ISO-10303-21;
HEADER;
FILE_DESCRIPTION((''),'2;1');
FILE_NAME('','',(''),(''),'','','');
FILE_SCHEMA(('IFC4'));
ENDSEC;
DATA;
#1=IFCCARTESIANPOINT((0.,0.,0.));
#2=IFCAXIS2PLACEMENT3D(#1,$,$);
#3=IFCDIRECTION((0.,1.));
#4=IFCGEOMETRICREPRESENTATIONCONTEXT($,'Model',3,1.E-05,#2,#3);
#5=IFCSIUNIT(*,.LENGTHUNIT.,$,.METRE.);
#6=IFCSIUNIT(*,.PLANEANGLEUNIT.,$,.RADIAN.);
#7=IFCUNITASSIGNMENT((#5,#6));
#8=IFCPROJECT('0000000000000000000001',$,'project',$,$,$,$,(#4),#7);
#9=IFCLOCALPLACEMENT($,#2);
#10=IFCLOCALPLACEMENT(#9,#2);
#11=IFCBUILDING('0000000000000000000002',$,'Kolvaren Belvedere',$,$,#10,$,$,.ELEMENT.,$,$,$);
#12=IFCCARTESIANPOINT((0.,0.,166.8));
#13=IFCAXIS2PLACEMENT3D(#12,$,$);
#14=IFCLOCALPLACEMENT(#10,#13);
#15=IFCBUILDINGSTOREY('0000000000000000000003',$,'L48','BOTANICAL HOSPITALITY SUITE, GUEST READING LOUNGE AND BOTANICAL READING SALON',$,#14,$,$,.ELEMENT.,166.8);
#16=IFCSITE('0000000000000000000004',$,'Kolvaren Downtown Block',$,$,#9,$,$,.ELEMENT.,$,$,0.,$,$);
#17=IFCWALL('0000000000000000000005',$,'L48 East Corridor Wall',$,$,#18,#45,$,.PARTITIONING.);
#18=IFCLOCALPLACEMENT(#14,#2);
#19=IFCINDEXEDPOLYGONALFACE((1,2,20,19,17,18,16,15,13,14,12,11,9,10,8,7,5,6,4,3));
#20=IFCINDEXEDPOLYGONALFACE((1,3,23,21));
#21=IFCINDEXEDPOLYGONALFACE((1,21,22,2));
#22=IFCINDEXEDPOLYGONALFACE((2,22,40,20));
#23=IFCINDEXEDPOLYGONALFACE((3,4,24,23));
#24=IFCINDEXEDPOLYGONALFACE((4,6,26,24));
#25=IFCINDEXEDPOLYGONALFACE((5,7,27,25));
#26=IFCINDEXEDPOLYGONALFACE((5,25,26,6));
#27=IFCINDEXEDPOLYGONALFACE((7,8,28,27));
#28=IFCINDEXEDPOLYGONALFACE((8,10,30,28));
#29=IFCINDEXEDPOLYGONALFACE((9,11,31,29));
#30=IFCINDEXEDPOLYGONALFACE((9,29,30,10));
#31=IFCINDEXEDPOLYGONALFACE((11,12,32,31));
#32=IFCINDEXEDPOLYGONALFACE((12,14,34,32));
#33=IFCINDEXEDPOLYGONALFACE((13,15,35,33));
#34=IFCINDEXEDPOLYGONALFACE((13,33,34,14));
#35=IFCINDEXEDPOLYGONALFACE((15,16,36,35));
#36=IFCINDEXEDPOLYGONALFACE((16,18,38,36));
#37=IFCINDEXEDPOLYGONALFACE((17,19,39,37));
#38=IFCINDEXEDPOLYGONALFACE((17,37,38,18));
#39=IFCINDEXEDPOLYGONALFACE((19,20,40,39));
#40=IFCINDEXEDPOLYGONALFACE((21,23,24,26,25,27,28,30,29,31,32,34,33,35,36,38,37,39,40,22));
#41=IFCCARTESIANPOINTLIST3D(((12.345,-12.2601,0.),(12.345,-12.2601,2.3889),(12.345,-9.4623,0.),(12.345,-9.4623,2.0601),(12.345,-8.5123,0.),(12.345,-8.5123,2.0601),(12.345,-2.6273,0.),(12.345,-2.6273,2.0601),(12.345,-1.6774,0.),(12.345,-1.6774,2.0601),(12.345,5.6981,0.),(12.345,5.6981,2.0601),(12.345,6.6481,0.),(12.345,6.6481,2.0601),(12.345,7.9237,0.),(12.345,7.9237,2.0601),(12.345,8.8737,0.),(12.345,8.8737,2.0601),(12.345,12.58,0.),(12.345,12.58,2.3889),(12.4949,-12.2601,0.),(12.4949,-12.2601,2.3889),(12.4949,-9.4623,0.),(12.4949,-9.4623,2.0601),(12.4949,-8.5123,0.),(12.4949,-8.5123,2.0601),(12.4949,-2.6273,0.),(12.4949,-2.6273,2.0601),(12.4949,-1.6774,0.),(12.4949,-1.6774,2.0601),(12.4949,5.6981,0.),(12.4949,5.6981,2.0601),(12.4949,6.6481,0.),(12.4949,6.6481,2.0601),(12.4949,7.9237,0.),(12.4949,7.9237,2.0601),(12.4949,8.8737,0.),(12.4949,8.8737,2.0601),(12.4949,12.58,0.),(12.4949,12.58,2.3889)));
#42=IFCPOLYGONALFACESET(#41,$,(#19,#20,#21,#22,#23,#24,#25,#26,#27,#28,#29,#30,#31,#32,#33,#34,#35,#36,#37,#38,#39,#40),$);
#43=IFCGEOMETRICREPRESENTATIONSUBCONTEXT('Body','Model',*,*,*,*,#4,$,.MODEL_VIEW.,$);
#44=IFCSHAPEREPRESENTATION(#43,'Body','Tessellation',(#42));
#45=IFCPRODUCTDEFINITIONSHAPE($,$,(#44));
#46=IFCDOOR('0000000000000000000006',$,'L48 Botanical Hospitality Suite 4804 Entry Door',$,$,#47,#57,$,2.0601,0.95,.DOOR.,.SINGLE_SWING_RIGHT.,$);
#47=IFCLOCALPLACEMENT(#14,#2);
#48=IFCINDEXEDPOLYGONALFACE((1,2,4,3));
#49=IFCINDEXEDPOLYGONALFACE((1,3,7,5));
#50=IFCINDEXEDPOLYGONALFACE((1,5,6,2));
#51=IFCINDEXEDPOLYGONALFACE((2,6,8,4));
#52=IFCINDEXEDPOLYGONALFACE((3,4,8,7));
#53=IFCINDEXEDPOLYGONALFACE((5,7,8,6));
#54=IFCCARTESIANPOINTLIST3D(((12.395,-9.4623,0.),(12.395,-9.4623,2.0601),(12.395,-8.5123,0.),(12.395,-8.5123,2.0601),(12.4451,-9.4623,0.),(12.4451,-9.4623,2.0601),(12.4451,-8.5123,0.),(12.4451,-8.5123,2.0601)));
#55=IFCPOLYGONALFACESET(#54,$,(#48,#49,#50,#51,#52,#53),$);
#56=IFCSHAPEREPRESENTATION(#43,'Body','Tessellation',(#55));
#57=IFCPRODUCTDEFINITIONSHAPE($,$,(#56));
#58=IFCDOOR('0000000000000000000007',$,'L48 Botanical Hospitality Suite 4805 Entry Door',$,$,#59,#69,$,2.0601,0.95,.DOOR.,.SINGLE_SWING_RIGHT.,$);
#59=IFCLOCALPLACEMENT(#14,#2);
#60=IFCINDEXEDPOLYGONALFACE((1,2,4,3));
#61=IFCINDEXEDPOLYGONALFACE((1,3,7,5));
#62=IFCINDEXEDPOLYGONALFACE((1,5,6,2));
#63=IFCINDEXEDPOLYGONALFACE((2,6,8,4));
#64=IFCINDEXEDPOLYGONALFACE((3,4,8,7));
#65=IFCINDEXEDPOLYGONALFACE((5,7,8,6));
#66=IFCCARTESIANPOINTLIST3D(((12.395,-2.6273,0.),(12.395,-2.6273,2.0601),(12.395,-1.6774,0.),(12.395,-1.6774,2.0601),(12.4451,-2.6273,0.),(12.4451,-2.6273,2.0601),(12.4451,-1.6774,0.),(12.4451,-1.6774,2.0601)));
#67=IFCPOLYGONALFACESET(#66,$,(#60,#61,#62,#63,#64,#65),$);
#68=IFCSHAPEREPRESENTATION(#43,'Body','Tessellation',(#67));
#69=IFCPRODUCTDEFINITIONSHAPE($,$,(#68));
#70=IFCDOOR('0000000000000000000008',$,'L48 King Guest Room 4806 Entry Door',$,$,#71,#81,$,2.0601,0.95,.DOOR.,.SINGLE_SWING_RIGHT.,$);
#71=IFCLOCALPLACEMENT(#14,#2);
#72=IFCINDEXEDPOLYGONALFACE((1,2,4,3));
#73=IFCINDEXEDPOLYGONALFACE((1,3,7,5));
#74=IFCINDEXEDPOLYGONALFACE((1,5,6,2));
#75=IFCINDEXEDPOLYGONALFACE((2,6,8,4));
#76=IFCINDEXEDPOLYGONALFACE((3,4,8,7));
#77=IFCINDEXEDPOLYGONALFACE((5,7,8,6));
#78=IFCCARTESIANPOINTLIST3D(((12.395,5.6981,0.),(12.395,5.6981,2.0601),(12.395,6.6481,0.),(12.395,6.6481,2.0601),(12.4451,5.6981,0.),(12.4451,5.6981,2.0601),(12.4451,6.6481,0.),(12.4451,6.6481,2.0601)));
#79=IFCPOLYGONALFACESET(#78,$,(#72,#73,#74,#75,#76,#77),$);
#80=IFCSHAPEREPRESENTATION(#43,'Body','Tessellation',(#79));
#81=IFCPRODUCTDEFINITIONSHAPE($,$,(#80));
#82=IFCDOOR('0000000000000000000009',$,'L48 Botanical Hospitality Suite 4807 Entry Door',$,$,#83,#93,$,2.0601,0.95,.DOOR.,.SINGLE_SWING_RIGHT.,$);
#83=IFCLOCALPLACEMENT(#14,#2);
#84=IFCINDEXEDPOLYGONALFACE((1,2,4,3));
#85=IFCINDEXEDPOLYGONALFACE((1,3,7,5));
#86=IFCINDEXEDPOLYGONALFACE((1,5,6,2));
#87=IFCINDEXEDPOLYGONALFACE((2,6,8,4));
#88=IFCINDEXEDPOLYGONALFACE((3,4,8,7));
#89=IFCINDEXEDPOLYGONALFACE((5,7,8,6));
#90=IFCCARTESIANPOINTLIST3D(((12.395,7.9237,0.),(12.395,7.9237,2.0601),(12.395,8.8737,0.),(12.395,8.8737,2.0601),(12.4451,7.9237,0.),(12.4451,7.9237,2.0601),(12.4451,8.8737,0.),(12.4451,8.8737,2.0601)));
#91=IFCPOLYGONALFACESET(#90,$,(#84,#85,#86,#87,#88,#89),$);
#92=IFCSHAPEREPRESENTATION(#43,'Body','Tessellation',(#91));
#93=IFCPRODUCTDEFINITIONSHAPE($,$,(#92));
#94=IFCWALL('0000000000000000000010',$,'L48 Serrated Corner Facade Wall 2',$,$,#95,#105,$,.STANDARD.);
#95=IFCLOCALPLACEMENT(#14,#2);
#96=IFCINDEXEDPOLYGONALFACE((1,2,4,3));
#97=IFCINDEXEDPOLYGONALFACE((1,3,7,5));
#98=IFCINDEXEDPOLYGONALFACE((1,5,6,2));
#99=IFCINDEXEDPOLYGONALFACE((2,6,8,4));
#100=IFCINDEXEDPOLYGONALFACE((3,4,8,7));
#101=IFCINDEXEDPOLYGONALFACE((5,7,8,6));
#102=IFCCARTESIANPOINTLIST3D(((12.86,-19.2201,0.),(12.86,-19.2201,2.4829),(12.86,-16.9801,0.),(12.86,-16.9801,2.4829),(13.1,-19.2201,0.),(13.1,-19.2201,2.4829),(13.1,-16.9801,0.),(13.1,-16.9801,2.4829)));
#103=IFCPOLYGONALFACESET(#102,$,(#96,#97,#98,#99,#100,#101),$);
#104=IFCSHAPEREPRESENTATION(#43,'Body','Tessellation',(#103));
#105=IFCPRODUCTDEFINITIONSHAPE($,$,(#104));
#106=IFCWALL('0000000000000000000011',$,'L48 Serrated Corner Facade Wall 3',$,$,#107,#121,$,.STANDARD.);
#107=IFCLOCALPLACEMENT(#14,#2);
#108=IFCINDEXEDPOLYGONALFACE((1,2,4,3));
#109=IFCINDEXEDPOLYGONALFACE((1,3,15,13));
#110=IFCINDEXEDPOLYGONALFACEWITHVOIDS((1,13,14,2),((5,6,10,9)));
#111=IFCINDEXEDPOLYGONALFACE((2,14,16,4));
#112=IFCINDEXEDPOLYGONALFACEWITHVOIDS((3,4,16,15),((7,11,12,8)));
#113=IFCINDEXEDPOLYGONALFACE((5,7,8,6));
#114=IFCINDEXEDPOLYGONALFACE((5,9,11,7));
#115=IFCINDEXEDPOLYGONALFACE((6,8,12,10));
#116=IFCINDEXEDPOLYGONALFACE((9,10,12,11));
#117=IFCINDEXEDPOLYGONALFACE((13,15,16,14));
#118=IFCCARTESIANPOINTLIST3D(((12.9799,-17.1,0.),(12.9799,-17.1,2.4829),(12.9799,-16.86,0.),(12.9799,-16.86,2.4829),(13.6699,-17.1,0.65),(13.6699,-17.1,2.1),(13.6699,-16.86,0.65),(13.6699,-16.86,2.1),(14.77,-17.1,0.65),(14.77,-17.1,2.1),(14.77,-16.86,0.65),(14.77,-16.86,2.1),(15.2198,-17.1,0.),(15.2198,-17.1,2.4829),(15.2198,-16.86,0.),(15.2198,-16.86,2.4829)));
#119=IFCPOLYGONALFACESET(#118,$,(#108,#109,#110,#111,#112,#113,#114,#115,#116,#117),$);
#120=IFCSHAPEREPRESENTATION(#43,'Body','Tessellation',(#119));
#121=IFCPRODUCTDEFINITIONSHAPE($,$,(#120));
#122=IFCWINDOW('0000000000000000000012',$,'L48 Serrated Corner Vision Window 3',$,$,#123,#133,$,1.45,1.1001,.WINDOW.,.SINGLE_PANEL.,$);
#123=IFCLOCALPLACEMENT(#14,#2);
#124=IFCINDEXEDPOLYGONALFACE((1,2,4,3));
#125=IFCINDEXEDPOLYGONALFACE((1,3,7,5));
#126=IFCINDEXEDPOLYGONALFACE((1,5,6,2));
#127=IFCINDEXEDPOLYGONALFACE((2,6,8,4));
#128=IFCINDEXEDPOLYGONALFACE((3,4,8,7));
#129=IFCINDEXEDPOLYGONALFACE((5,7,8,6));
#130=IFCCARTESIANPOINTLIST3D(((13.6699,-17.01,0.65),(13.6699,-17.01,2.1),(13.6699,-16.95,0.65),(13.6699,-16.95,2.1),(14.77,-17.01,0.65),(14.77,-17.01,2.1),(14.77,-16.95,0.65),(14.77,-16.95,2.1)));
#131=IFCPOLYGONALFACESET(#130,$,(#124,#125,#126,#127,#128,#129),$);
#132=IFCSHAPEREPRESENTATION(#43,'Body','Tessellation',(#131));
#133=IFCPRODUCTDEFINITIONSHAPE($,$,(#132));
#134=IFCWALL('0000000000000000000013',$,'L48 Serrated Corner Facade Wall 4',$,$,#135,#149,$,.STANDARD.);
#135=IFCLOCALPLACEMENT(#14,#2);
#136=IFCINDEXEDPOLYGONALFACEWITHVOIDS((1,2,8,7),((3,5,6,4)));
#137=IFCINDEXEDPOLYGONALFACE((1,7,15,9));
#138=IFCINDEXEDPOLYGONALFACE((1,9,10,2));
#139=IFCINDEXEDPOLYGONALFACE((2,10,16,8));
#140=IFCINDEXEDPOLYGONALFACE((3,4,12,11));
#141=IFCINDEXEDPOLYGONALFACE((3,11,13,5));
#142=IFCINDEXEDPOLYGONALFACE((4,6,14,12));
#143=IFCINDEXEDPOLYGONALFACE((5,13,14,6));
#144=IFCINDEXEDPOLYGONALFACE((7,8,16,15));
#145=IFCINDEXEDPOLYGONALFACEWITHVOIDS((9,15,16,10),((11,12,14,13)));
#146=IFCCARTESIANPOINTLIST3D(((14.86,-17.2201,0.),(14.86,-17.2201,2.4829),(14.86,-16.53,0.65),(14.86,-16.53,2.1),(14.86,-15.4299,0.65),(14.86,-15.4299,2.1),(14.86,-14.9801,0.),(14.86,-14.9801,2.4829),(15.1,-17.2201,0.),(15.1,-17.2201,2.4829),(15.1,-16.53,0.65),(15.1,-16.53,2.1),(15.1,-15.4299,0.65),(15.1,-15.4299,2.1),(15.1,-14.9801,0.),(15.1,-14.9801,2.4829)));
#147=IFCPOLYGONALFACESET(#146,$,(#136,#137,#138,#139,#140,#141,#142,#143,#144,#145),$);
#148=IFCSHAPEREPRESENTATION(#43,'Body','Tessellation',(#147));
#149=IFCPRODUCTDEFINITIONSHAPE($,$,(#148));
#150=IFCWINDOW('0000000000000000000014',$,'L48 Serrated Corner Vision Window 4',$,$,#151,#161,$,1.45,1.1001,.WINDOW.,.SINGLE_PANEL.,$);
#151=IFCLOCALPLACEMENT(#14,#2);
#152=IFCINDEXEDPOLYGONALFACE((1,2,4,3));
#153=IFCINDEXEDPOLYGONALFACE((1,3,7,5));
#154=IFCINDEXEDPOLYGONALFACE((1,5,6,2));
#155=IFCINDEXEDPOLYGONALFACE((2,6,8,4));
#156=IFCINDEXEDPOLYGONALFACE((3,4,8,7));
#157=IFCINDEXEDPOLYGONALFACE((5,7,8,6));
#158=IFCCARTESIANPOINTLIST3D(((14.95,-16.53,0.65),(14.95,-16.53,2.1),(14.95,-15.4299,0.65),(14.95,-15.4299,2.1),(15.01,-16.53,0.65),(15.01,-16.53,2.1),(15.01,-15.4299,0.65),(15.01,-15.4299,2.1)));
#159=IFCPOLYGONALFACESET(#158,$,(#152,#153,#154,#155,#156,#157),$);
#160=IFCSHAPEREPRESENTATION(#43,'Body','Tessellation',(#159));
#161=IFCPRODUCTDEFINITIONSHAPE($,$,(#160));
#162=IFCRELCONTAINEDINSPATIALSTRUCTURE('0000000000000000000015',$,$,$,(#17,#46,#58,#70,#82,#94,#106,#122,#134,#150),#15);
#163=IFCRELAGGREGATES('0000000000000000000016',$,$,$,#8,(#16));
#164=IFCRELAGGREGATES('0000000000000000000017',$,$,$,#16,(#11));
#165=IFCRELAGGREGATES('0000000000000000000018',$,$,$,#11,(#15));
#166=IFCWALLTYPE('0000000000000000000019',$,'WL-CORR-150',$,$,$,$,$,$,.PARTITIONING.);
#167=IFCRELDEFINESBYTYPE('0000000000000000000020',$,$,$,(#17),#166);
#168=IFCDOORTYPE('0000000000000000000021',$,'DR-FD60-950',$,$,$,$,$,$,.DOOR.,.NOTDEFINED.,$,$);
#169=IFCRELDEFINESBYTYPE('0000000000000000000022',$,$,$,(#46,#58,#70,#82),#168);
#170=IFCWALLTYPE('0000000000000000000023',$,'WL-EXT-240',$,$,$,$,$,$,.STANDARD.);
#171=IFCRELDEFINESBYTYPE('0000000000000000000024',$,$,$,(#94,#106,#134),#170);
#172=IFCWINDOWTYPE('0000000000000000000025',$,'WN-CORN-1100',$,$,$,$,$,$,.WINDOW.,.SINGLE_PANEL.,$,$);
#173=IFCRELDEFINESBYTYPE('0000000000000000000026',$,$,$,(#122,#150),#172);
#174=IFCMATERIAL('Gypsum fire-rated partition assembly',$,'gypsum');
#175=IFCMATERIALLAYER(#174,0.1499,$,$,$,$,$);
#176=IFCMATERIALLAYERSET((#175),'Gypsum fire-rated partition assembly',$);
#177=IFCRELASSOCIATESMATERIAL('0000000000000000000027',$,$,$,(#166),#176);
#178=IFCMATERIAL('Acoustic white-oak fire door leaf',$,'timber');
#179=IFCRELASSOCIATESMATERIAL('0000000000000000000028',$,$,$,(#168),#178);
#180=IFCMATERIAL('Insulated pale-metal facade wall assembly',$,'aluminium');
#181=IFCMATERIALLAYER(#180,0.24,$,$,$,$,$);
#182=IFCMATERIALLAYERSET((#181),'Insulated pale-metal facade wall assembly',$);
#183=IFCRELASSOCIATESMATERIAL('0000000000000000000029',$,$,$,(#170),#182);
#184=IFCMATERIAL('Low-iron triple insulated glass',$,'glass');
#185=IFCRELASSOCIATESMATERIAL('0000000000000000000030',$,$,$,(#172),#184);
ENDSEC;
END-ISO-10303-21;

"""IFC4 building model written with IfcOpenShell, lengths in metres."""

from ifc_helpers import new_model, si_unit, direction, frame, frame_2d, origin, place, context, subcontext, project, spatial, rectangle, extrude, material, layer, layer_set, type_object, element, fill, save


model = new_model("IFC4")

# Units and contexts
model_context = context("Model", 3, precision=1e-05, world=origin(), true_north=direction((0.0, 1.0)))
body_context = subcontext(model_context, "Body", "Model", "MODEL_VIEW")
ifc_project = project(units=[si_unit("LENGTHUNIT", "METRE"), si_unit("PLANEANGLEUNIT", "RADIAN")], contexts=[model_context])

# Site, building, storey
site_placement = place(None, origin())
site = spatial("IfcSite", under=ifc_project, at=site_placement, Name="Kolvaren Downtown Block", CompositionType="ELEMENT", RefElevation=0.0)
building_placement = place(site_placement, origin())
building = spatial("IfcBuilding", under=site, at=building_placement, Name="Kolvaren Belvedere", CompositionType="ELEMENT")
storey_placement = place(building_placement, frame((0.0, 0.0, 166.8)))
storey = spatial("IfcBuildingStorey", under=building, at=storey_placement, Name="L48", Description="BOTANICAL HOSPITALITY SUITE, GUEST READING LOUNGE AND BOTANICAL READING SALON", CompositionType="ELEMENT", Elevation=166.8)

# Wall, openings, doors
ifc_material_1 = material(Name="Gypsum fire-rated partition assembly", Category="gypsum")
ifc_layer_1 = layer(ifc_material_1, 0.1499)
ifc_layer_set_1 = layer_set([ifc_layer_1], Name="Gypsum fire-rated partition assembly")
wall_type_1 = type_object("IfcWallType", Name="WL-CORR-150", PredefinedType="PARTITIONING", material=ifc_layer_set_1)
wall_1_placement = place(storey_placement, frame((12.4199, -12.26, 0.0), z_axis=(0.0, 0.0, 1.0), x_axis=(0.0, 1.0, 0.0)))
wall_1 = element("IfcWall", 1, at=wall_1_placement, inside=storey, type_object=wall_type_1, Name="L48 East Corridor Wall", PredefinedType="PARTITIONING", context=body_context, shape_type="SweptSolid", body=[
    extrude(rectangle(XDim=24.8401, YDim=0.1499, at=frame_2d((12.4199, 0.0))), origin(), (0.0, 0.0, 1.0), 2.3889),
])
opening_1_placement = place(wall_1_placement, frame((2.7976, 0.0, 0.0)))
opening_1 = element("IfcOpeningElement", 2, at=opening_1_placement, cuts=wall_1, PredefinedType="OPENING", context=body_context, shape_type="SweptSolid", body=[
    extrude(rectangle(XDim=0.95, YDim=2.0601, at=frame_2d((0.4751, 1.03))), frame((0.0, 0.085, 0.0), z_axis=(0.0, -1.0, 0.0), x_axis=(1.0, 0.0, 0.0)), (0.0, 0.0, 1.0), 0.1699),
])
opening_2_placement = place(wall_1_placement, frame((9.6326, 0.0, 0.0)))
opening_2 = element("IfcOpeningElement", 3, at=opening_2_placement, cuts=wall_1, PredefinedType="OPENING", context=body_context, shape_type="SweptSolid", body=[
    extrude(rectangle(XDim=0.95, YDim=2.0601, at=frame_2d((0.4751, 1.03))), frame((0.0, 0.085, 0.0), z_axis=(0.0, -1.0, 0.0), x_axis=(1.0, 0.0, 0.0)), (0.0, 0.0, 1.0), 0.1699),
])
opening_3_placement = place(wall_1_placement, frame((17.958, 0.0, 0.0)))
opening_3 = element("IfcOpeningElement", 4, at=opening_3_placement, cuts=wall_1, PredefinedType="OPENING", context=body_context, shape_type="SweptSolid", body=[
    extrude(rectangle(XDim=0.95, YDim=2.0601, at=frame_2d((0.4751, 1.03))), frame((0.0, 0.085, 0.0), z_axis=(0.0, -1.0, 0.0), x_axis=(1.0, 0.0, 0.0)), (0.0, 0.0, 1.0), 0.1699),
])
opening_4_placement = place(wall_1_placement, frame((20.1836, 0.0, 0.0)))
opening_4 = element("IfcOpeningElement", 5, at=opening_4_placement, cuts=wall_1, PredefinedType="OPENING", context=body_context, shape_type="SweptSolid", body=[
    extrude(rectangle(XDim=0.95, YDim=2.0601, at=frame_2d((0.4751, 1.03))), frame((0.0, 0.085, 0.0), z_axis=(0.0, -1.0, 0.0), x_axis=(1.0, 0.0, 0.0)), (0.0, 0.0, 1.0), 0.1699),
])
ifc_material_2 = material(Name="Acoustic white-oak fire door leaf", Category="timber")
door_type = type_object("IfcDoorType", Name="DR-FD60-950", OperationType="NOTDEFINED", PredefinedType="DOOR", material=ifc_material_2)
door_1_placement = place(opening_1_placement, origin())
door_1 = element("IfcDoor", 6, at=door_1_placement, inside=storey, type_object=door_type, Name="L48 Botanical Hospitality Suite 4804 Entry Door", OperationType="SINGLE_SWING_RIGHT", OverallHeight=2.0601, OverallWidth=0.95, PredefinedType="DOOR", context=body_context, shape_type="SweptSolid", body=[
    extrude(rectangle(XDim=0.95, YDim=2.0601, at=frame_2d((0.4751, 1.03))), frame((0.0, 0.0249, 0.0), z_axis=(0.0, -1.0, 0.0), x_axis=(1.0, 0.0, 0.0)), (0.0, 0.0, 1.0), 0.05),
])
fill(opening_1, door_1)
door_2_placement = place(opening_2_placement, origin())
door_2 = element("IfcDoor", 7, at=door_2_placement, inside=storey, type_object=door_type, Name="L48 Botanical Hospitality Suite 4805 Entry Door", OperationType="SINGLE_SWING_RIGHT", OverallHeight=2.0601, OverallWidth=0.95, PredefinedType="DOOR", context=body_context, shape_type="SweptSolid", body=[
    extrude(rectangle(XDim=0.95, YDim=2.0601, at=frame_2d((0.4751, 1.03))), frame((0.0, 0.0249, 0.0), z_axis=(0.0, -1.0, 0.0), x_axis=(1.0, 0.0, 0.0)), (0.0, 0.0, 1.0), 0.05),
])
fill(opening_2, door_2)
door_3_placement = place(opening_3_placement, origin())
door_3 = element("IfcDoor", 8, at=door_3_placement, inside=storey, type_object=door_type, Name="L48 King Guest Room 4806 Entry Door", OperationType="SINGLE_SWING_RIGHT", OverallHeight=2.0601, OverallWidth=0.95, PredefinedType="DOOR", context=body_context, shape_type="SweptSolid", body=[
    extrude(rectangle(XDim=0.95, YDim=2.0601, at=frame_2d((0.4751, 1.03))), frame((0.0, 0.0249, 0.0), z_axis=(0.0, -1.0, 0.0), x_axis=(1.0, 0.0, 0.0)), (0.0, 0.0, 1.0), 0.05),
])
fill(opening_3, door_3)
door_4_placement = place(opening_4_placement, origin())
door_4 = element("IfcDoor", 9, at=door_4_placement, inside=storey, type_object=door_type, Name="L48 Botanical Hospitality Suite 4807 Entry Door", OperationType="SINGLE_SWING_RIGHT", OverallHeight=2.0601, OverallWidth=0.95, PredefinedType="DOOR", context=body_context, shape_type="SweptSolid", body=[
    extrude(rectangle(XDim=0.95, YDim=2.0601, at=frame_2d((0.4751, 1.03))), frame((0.0, 0.0249, 0.0), z_axis=(0.0, -1.0, 0.0), x_axis=(1.0, 0.0, 0.0)), (0.0, 0.0, 1.0), 0.05),
])
fill(opening_4, door_4)

# Wall
ifc_material_3 = material(Name="Insulated pale-metal facade wall assembly", Category="aluminium")
ifc_layer_2 = layer(ifc_material_3, 0.24)
ifc_layer_set_2 = layer_set([ifc_layer_2], Name="Insulated pale-metal facade wall assembly")
wall_type_2 = type_object("IfcWallType", Name="WL-EXT-240", PredefinedType="STANDARD", material=ifc_layer_set_2)
wall_2_placement = place(storey_placement, frame((12.98, -16.98, 0.0), z_axis=(0.0, 0.0, 1.0), x_axis=(0.0, -1.0, 0.0)))
element("IfcWall", 10, at=wall_2_placement, inside=storey, type_object=wall_type_2, Name="L48 Serrated Corner Facade Wall 2", PredefinedType="STANDARD", context=body_context, shape_type="SweptSolid", body=[
    extrude(rectangle(XDim=2.24, YDim=0.24, at=frame_2d((1.1201, 0.0))), origin(), (0.0, 0.0, 1.0), 2.4829),
])

# Walls, openings, windows
wall_3_placement = place(storey_placement, frame((15.22, -16.98, 0.0), z_axis=(0.0, 0.0, 1.0), x_axis=(-1.0, 0.0, 0.0)))
wall_3 = element("IfcWall", 11, at=wall_3_placement, inside=storey, type_object=wall_type_2, Name="L48 Serrated Corner Facade Wall 3", PredefinedType="STANDARD", context=body_context, shape_type="SweptSolid", body=[
    extrude(rectangle(XDim=2.24, YDim=0.24, at=frame_2d((1.1201, 0.0))), origin(), (0.0, 0.0, 1.0), 2.4829),
])
opening_5_placement = place(wall_3_placement, frame((0.45, 0.0, 0.6499)))
opening_5 = element("IfcOpeningElement", 12, at=opening_5_placement, cuts=wall_3, PredefinedType="OPENING", context=body_context, shape_type="SweptSolid", body=[
    extrude(rectangle(XDim=1.1001, YDim=1.45, at=frame_2d((0.55, 0.7251))), frame((0.0, 0.1299, 0.0), z_axis=(0.0, -1.0, 0.0), x_axis=(1.0, 0.0, 0.0)), (0.0, 0.0, 1.0), 0.26),
])
ifc_material_4 = material(Name="Low-iron triple insulated glass", Category="glass")
window_type = type_object("IfcWindowType", Name="WN-CORN-1100", PartitioningType="SINGLE_PANEL", PredefinedType="WINDOW", material=ifc_material_4)
window_1_placement = place(opening_5_placement, origin())
window_1 = element("IfcWindow", 13, at=window_1_placement, inside=storey, type_object=window_type, Name="L48 Serrated Corner Vision Window 3", OverallHeight=1.45, OverallWidth=1.1001, PartitioningType="SINGLE_PANEL", PredefinedType="WINDOW", context=body_context, shape_type="SweptSolid", body=[
    extrude(rectangle(XDim=1.1001, YDim=1.45, at=frame_2d((0.55, 0.7251))), frame((0.0, 0.03, 0.0), z_axis=(0.0, -1.0, 0.0), x_axis=(1.0, 0.0, 0.0)), (0.0, 0.0, 1.0), 0.0601),
])
fill(opening_5, window_1)
wall_4_placement = place(storey_placement, frame((14.98, -14.98, 0.0), z_axis=(0.0, 0.0, 1.0), x_axis=(0.0, -1.0, 0.0)))
wall_4 = element("IfcWall", 14, at=wall_4_placement, inside=storey, type_object=wall_type_2, Name="L48 Serrated Corner Facade Wall 4", PredefinedType="STANDARD", context=body_context, shape_type="SweptSolid", body=[
    extrude(rectangle(XDim=2.24, YDim=0.24, at=frame_2d((1.1201, 0.0))), origin(), (0.0, 0.0, 1.0), 2.4829),
])
opening_6_placement = place(wall_4_placement, frame((0.45, 0.0, 0.6499)))
opening_6 = element("IfcOpeningElement", 15, at=opening_6_placement, cuts=wall_4, PredefinedType="OPENING", context=body_context, shape_type="SweptSolid", body=[
    extrude(rectangle(XDim=1.1001, YDim=1.45, at=frame_2d((0.55, 0.7251))), frame((0.0, 0.1299, 0.0), z_axis=(0.0, -1.0, 0.0), x_axis=(1.0, 0.0, 0.0)), (0.0, 0.0, 1.0), 0.26),
])
window_2_placement = place(opening_6_placement, origin())
window_2 = element("IfcWindow", 16, at=window_2_placement, inside=storey, type_object=window_type, Name="L48 Serrated Corner Vision Window 4", OverallHeight=1.45, OverallWidth=1.1001, PartitioningType="SINGLE_PANEL", PredefinedType="WINDOW", context=body_context, shape_type="SweptSolid", body=[
    extrude(rectangle(XDim=1.1001, YDim=1.45, at=frame_2d((0.55, 0.7251))), frame((0.0, 0.03, 0.0), z_axis=(0.0, -1.0, 0.0), x_axis=(1.0, 0.0, 0.0)), (0.0, 0.0, 1.0), 0.0601),
])
fill(opening_6, window_2)

save(model, "model.ifc")
